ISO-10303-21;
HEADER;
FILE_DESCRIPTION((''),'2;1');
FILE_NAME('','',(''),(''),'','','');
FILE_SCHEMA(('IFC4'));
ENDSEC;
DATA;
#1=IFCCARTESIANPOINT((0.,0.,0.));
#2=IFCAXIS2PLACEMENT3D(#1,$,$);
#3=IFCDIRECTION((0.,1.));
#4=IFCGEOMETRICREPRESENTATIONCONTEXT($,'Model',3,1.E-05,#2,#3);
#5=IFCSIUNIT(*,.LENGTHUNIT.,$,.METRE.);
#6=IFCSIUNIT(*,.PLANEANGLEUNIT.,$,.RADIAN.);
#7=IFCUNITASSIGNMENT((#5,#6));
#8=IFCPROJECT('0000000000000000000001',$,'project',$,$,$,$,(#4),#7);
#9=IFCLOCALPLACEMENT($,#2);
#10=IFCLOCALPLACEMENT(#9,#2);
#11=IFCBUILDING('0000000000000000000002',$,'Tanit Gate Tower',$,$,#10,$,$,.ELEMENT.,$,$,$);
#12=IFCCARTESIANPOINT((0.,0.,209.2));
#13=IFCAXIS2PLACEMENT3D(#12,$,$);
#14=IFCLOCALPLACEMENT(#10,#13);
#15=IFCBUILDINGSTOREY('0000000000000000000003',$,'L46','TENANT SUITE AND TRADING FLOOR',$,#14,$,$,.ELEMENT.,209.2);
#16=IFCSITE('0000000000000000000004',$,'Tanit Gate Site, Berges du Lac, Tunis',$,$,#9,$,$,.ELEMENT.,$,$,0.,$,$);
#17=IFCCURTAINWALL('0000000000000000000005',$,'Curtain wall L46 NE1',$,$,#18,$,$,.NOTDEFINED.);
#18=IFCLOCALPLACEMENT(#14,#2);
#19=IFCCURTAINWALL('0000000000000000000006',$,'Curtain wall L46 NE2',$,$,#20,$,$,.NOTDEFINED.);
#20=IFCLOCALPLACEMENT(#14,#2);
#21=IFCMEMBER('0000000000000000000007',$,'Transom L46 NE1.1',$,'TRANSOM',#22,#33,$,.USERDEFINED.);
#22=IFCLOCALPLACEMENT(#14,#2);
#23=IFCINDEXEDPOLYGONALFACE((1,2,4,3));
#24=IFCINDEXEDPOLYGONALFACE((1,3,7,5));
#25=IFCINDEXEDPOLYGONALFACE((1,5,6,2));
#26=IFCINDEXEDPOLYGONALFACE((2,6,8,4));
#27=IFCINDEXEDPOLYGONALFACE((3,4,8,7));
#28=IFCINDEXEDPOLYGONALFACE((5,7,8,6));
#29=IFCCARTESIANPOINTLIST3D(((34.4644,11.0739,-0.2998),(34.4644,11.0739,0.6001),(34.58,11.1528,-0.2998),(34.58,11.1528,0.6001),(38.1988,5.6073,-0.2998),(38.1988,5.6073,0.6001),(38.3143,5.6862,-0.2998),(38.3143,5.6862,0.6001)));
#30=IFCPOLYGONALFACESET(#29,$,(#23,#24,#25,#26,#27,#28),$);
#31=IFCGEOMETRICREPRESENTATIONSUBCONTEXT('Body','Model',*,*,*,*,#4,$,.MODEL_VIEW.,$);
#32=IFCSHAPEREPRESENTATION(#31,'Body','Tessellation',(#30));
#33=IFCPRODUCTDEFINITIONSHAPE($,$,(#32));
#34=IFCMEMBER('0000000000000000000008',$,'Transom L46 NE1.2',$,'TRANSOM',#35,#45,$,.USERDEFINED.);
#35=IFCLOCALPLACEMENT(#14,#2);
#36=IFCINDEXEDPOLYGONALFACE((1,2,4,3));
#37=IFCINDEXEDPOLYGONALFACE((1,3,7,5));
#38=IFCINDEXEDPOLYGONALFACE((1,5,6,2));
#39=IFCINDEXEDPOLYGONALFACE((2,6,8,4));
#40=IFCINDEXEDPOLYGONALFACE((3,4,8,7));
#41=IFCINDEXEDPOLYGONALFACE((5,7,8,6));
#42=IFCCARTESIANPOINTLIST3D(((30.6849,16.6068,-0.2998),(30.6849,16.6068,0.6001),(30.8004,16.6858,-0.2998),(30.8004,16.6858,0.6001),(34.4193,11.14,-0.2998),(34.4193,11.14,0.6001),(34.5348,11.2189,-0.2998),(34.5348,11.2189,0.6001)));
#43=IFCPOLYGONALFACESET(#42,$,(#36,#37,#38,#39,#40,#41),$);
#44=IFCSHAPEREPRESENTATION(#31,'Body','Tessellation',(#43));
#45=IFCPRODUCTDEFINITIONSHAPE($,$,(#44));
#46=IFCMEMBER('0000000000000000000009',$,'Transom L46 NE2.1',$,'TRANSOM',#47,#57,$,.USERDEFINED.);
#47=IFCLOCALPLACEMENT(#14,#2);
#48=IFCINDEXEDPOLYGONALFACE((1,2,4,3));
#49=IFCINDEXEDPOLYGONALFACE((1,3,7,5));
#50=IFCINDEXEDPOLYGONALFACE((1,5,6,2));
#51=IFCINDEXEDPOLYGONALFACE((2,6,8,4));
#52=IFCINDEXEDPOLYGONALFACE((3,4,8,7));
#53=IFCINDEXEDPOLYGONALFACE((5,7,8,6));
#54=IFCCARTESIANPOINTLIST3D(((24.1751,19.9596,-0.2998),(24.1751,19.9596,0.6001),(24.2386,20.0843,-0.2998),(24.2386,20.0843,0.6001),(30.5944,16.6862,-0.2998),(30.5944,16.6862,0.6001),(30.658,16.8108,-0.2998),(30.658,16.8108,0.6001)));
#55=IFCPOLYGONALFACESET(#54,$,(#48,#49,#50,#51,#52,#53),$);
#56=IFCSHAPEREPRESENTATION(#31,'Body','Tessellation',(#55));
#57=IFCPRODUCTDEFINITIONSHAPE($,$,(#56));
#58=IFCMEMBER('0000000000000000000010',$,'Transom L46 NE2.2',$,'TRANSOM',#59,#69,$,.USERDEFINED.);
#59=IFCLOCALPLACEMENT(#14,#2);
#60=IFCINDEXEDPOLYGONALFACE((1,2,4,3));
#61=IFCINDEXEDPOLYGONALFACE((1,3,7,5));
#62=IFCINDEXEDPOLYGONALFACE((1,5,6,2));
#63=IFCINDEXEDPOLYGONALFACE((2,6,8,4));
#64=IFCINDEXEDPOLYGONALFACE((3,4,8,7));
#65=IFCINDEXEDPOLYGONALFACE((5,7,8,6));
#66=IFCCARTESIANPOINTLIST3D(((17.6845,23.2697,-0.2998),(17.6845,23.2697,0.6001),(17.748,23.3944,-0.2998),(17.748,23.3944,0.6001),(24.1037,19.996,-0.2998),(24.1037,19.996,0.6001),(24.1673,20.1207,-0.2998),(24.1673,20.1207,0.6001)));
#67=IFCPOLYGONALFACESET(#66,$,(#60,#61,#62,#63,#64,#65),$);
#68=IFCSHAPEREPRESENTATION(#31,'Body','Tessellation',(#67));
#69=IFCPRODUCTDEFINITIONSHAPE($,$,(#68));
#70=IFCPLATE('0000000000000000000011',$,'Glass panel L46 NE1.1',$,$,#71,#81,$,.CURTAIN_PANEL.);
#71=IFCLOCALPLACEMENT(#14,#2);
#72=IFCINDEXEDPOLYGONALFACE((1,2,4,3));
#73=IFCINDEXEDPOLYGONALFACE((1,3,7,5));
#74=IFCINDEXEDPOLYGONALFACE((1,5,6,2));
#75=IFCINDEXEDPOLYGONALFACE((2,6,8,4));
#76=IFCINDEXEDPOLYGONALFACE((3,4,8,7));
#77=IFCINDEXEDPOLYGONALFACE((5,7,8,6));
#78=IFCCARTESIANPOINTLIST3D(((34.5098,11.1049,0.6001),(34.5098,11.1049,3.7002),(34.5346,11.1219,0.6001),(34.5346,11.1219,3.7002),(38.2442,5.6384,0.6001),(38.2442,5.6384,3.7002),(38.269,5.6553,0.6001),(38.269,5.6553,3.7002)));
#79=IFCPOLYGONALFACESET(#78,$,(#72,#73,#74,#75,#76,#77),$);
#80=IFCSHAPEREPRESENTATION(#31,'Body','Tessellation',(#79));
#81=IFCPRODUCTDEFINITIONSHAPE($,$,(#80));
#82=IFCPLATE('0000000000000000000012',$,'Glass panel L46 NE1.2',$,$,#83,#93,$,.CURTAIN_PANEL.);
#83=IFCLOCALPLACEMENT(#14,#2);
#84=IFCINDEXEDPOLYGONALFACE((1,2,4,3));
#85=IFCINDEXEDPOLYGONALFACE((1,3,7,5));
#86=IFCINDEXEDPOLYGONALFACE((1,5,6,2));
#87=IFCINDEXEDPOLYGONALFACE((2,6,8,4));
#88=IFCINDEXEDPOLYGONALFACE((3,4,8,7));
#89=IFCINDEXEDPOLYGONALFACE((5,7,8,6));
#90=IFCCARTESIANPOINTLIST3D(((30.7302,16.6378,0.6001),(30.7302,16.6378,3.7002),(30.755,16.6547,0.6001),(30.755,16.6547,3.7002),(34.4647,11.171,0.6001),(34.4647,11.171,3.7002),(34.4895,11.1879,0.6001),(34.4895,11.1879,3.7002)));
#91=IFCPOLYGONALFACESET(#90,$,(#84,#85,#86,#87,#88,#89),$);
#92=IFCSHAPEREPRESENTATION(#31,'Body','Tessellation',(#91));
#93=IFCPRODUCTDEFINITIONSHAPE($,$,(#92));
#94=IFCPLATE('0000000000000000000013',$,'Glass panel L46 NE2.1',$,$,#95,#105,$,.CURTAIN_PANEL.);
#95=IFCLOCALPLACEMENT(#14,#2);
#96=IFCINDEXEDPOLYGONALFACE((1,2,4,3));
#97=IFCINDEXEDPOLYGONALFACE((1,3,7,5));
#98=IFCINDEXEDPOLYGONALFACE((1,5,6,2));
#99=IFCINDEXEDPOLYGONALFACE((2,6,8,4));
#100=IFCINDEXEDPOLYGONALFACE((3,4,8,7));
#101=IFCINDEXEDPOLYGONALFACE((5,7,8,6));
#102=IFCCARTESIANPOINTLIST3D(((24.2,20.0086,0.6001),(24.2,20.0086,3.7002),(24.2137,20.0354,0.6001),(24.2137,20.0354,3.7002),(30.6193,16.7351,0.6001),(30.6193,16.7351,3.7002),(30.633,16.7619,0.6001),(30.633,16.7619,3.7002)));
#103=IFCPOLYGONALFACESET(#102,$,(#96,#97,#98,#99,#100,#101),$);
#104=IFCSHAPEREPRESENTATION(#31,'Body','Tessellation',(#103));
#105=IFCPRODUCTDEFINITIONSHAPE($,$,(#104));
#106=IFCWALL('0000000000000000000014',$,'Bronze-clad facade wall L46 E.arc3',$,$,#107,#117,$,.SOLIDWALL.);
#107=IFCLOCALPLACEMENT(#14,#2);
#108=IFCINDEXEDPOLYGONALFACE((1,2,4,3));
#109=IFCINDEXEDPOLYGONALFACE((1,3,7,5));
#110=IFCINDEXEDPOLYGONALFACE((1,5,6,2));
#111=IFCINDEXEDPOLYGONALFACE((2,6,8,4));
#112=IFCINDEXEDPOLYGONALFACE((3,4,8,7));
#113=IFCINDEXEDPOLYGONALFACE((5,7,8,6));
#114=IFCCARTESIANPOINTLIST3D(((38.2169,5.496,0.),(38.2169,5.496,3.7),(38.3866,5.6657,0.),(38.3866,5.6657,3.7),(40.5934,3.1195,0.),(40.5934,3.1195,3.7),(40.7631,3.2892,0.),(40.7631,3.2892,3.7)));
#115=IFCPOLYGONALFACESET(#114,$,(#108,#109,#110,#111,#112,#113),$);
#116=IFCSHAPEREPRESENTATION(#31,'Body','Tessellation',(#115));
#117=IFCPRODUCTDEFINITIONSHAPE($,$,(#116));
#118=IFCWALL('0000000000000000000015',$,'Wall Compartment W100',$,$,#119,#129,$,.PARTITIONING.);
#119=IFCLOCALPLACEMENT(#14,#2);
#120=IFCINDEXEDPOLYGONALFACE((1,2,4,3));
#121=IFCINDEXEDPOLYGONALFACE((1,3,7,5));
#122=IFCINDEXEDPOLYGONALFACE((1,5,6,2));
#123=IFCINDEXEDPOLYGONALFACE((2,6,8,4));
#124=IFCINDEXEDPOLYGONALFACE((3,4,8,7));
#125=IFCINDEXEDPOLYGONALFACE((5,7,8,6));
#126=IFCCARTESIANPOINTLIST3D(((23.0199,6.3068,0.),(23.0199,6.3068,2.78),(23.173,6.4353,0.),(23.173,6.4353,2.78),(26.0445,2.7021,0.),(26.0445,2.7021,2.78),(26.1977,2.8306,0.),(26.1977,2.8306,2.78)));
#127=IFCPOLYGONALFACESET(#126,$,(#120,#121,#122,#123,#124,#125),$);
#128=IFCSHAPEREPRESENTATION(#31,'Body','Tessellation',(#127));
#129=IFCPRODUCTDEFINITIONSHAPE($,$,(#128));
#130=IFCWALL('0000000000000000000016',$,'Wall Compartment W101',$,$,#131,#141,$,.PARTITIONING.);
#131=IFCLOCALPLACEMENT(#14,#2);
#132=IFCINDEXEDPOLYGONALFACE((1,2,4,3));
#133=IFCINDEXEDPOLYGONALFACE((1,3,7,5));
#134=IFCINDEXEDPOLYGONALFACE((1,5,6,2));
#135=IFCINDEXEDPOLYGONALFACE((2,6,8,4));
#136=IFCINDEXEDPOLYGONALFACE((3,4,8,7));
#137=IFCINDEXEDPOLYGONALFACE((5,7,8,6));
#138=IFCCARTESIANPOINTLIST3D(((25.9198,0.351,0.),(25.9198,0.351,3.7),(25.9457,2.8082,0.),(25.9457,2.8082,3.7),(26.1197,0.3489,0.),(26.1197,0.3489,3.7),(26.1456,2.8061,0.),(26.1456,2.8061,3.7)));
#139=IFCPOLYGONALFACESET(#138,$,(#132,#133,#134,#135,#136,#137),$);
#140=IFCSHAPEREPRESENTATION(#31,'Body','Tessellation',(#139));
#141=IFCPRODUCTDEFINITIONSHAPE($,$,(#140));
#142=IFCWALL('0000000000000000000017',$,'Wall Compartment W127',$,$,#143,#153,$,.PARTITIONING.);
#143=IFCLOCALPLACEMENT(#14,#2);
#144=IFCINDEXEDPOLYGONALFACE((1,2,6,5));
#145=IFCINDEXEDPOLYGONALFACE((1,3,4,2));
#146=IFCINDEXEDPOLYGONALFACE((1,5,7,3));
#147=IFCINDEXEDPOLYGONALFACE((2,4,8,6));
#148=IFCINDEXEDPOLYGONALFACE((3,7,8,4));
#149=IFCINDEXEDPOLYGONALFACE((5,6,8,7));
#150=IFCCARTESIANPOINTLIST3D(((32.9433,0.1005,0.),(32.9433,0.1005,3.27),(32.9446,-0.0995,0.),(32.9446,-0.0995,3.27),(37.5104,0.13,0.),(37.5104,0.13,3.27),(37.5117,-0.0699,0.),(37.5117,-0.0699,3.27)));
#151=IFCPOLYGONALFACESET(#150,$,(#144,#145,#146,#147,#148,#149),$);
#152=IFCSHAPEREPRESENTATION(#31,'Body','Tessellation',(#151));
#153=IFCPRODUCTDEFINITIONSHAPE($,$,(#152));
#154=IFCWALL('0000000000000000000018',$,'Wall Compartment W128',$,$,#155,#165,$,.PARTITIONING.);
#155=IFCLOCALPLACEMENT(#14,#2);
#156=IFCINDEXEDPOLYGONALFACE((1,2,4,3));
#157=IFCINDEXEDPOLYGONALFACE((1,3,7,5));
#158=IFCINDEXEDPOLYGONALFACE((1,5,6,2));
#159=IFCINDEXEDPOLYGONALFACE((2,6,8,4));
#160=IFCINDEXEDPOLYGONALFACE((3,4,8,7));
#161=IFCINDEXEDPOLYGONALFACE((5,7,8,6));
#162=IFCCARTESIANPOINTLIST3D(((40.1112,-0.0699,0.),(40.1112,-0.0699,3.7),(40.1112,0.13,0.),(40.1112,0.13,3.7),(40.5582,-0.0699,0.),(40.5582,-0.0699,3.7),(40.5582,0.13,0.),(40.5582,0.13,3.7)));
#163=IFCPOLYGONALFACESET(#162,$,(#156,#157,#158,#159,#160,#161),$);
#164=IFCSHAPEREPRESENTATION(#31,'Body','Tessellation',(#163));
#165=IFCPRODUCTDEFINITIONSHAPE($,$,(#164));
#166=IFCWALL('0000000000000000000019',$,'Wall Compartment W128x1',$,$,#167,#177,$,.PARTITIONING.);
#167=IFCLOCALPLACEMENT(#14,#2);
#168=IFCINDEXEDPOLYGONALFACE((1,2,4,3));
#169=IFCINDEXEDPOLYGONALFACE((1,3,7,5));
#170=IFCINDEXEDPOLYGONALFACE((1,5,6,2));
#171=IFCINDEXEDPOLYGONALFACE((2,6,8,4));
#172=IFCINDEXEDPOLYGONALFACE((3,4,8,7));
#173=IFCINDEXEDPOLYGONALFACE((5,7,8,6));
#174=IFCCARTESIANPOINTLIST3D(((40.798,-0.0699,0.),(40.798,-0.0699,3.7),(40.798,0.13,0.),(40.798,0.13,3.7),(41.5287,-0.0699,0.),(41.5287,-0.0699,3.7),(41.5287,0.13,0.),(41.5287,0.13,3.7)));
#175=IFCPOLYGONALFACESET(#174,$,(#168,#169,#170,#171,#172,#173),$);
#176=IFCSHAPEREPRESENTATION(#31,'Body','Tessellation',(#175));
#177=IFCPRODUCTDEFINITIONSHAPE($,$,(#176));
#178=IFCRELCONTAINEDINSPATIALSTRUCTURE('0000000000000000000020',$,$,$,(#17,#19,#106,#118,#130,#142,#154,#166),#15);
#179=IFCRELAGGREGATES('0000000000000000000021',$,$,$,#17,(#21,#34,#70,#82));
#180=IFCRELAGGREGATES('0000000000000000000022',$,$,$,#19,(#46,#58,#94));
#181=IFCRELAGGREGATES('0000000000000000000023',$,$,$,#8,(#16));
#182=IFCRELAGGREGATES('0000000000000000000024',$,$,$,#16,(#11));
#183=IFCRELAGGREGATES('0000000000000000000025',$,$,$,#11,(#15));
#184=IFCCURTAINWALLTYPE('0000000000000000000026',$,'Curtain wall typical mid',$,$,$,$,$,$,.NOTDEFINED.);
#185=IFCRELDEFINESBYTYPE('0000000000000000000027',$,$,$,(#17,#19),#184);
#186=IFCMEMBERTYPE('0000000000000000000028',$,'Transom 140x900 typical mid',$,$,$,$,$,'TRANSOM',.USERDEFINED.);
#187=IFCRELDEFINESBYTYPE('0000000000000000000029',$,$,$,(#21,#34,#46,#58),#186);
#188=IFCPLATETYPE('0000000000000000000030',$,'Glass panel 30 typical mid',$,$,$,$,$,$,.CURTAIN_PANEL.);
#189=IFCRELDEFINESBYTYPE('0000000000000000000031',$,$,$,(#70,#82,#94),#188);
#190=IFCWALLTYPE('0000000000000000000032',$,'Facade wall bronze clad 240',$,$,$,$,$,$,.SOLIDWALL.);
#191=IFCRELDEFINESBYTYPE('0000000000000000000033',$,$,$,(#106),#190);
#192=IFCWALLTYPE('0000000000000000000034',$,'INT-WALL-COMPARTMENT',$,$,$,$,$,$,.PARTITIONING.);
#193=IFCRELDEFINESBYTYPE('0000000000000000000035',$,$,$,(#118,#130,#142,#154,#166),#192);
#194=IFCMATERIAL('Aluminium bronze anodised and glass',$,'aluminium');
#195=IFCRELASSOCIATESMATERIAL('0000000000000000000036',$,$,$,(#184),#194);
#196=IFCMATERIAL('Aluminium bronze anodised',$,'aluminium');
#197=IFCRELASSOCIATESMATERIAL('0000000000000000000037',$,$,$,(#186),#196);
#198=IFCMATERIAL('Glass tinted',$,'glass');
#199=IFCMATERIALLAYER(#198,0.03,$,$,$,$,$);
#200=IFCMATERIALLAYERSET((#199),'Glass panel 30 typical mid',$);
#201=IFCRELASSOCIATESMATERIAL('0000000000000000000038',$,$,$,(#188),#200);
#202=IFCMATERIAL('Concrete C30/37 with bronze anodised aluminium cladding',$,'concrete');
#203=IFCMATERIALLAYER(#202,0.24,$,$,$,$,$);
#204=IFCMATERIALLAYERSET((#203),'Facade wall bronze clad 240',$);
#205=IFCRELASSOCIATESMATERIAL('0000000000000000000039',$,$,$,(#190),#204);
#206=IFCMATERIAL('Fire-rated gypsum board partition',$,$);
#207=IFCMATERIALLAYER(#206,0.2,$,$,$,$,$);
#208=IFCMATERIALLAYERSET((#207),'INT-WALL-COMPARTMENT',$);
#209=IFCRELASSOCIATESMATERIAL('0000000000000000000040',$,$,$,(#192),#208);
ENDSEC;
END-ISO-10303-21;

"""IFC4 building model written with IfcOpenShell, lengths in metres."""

from ifc_helpers import new_model, si_unit, direction, frame, frame_2d, origin, origin_2d, place, context, subcontext, project, spatial, rectangle, extrude, material, layer, layer_set, material_profile, profile_set, type_object, element, aggregate, save


model = new_model("IFC4")

# Units and contexts
model_context = context("Model", 3, precision=1e-05, world=origin(), true_north=direction((0.0, 1.0)))
body_context = subcontext(model_context, "Body", "Model", "MODEL_VIEW")
ifc_project = project(units=[si_unit("LENGTHUNIT", "METRE"), si_unit("PLANEANGLEUNIT", "RADIAN")], contexts=[model_context])

# Site, building, storey
site_placement = place(None, origin())
site = spatial("IfcSite", under=ifc_project, at=site_placement, Name="Tanit Gate Site, Berges du Lac, Tunis", CompositionType="ELEMENT", RefElevation=0.0)
building_placement = place(site_placement, origin())
building = spatial("IfcBuilding", under=site, at=building_placement, Name="Tanit Gate Tower", CompositionType="ELEMENT")
storey_placement = place(building_placement, frame((0.0, 0.0, 209.2)))
storey = spatial("IfcBuildingStorey", under=building, at=storey_placement, Name="L46", Description="TENANT SUITE AND TRADING FLOOR", CompositionType="ELEMENT", Elevation=209.2)

# Curtain walls
ifc_material_1 = material(Name="Aluminium bronze anodised and glass", Category="aluminium")
curtain_wall_type = type_object("IfcCurtainWallType", Name="Curtain wall typical mid", PredefinedType="NOTDEFINED", material=ifc_material_1)
curtain_wall_1_placement = place(storey_placement, origin())
curtain_wall_1 = element("IfcCurtainWall", 1, at=curtain_wall_1_placement, inside=storey, type_object=curtain_wall_type, Name="Curtain wall L46 NE1", PredefinedType="NOTDEFINED")
curtain_wall_2_placement = place(storey_placement, origin())
curtain_wall_2 = element("IfcCurtainWall", 2, at=curtain_wall_2_placement, inside=storey, type_object=curtain_wall_type, Name="Curtain wall L46 NE2", PredefinedType="NOTDEFINED")

# Members
ifc_material_2 = material(Name="Aluminium bronze anodised", Category="aluminium")
ifc_material_profile_1 = material_profile(ifc_material_2, rectangle(XDim=0.1399, YDim=0.8999, at=origin_2d()), Name="140x900 bronze transom")
ifc_profile_set_1 = profile_set([ifc_material_profile_1], Name="Aluminium bronze anodised")
member_type_1 = type_object("IfcMemberType", Name="Transom 140x900 typical mid", ElementType="TRANSOM", PredefinedType="USERDEFINED", material=ifc_profile_set_1)
member_1_placement = place(storey_placement, frame((38.2566, 5.6467, 0.1501), z_axis=(-0.564077, 0.825722, 0.0), x_axis=(-0.825722, -0.564077, 0.0)))
member_1 = element("IfcMember", 3, at=member_1_placement, type_object=member_type_1, Name="Transom L46 NE1.1", ObjectType="TRANSOM", PredefinedType="USERDEFINED", context=body_context, shape_type="SweptSolid", body=[
    extrude(rectangle(XDim=0.1399, YDim=0.8999, at=origin_2d()), origin(), (0.0, 0.0, 1.0), 6.6204),
])
member_2_placement = place(storey_placement, frame((34.4771, 11.1794, 0.1501), z_axis=(-0.56406, 0.825734, 0.0), x_axis=(-0.825734, -0.56406, 0.0)))
member_2 = element("IfcMember", 4, at=member_2_placement, type_object=member_type_1, Name="Transom L46 NE1.2", ObjectType="TRANSOM", PredefinedType="USERDEFINED", context=body_context, shape_type="SweptSolid", body=[
    extrude(rectangle(XDim=0.1399, YDim=0.8999, at=origin_2d()), origin(), (0.0, 0.0, 1.0), 6.6206),
])
member_3_placement = place(storey_placement, frame((30.6262, 16.7485, 0.1501), z_axis=(-0.890862, 0.454274, 0.0), x_axis=(-0.454274, -0.890862, 0.0)))
member_3 = element("IfcMember", 5, at=member_3_placement, type_object=member_type_1, Name="Transom L46 NE2.1", ObjectType="TRANSOM", PredefinedType="USERDEFINED", context=body_context, shape_type="SweptSolid", body=[
    extrude(rectangle(XDim=0.1399, YDim=0.8999, at=origin_2d()), origin(), (0.0, 0.0, 1.0), 7.2058),
])
member_4_placement = place(storey_placement, frame((24.1355, 20.0583, 0.1501), z_axis=(-0.890841, 0.454315, 0.0), x_axis=(-0.454315, -0.890841, 0.0)))
member_4 = element("IfcMember", 6, at=member_4_placement, type_object=member_type_1, Name="Transom L46 NE2.2", ObjectType="TRANSOM", PredefinedType="USERDEFINED", context=body_context, shape_type="SweptSolid", body=[
    extrude(rectangle(XDim=0.1399, YDim=0.8999, at=origin_2d()), origin(), (0.0, 0.0, 1.0), 7.2058),
])

# Plates
ifc_material_3 = material(Name="Glass tinted", Category="glass")
ifc_layer_1 = layer(ifc_material_3, 0.03)
ifc_layer_set_1 = layer_set([ifc_layer_1], Name="Glass panel 30 typical mid")
plate_type = type_object("IfcPlateType", Name="Glass panel 30 typical mid", PredefinedType="CURTAIN_PANEL", material=ifc_layer_set_1)
plate_1_placement = place(storey_placement, frame((36.3894, 8.3801, 0.6001), z_axis=(0.0, 0.0, 1.0), x_axis=(-0.564078, 0.825722, 0.0)))
plate_1 = element("IfcPlate", 7, at=plate_1_placement, type_object=plate_type, Name="Glass panel L46 NE1.1", PredefinedType="CURTAIN_PANEL", context=body_context, shape_type="SweptSolid", body=[
    extrude(rectangle(XDim=6.6204, YDim=0.03, at=origin_2d()), origin(), (0.0, 0.0, 1.0), 3.1001),
])
plate_2_placement = place(storey_placement, frame((32.6099, 13.9128, 0.6001), z_axis=(0.0, 0.0, 1.0), x_axis=(-0.564078, 0.825722, 0.0)))
plate_2 = element("IfcPlate", 8, at=plate_2_placement, type_object=plate_type, Name="Glass panel L46 NE1.2", PredefinedType="CURTAIN_PANEL", context=body_context, shape_type="SweptSolid", body=[
    extrude(rectangle(XDim=6.6206, YDim=0.03, at=origin_2d()), origin(), (0.0, 0.0, 1.0), 3.1001),
])
aggregate(curtain_wall_1, [member_1, member_2, plate_1, plate_2])
plate_3_placement = place(storey_placement, frame((27.4165, 18.3853, 0.6001), z_axis=(0.0, 0.0, 1.0), x_axis=(-0.890855, 0.454288, 0.0)))
plate_3 = element("IfcPlate", 9, at=plate_3_placement, type_object=plate_type, Name="Glass panel L46 NE2.1", PredefinedType="CURTAIN_PANEL", context=body_context, shape_type="SweptSolid", body=[
    extrude(rectangle(XDim=7.2058, YDim=0.03, at=origin_2d()), origin(), (0.0, 0.0, 1.0), 3.1001),
])
aggregate(curtain_wall_2, [member_3, member_4, plate_3])

# Walls
ifc_material_4 = material(Name="Concrete C30/37 with bronze anodised aluminium cladding", Category="concrete")
ifc_layer_2 = layer(ifc_material_4, 0.24)
ifc_layer_set_2 = layer_set([ifc_layer_2], Name="Facade wall bronze clad 240")
wall_type_1 = type_object("IfcWallType", Name="Facade wall bronze clad 240", PredefinedType="SOLIDWALL", material=ifc_layer_set_2)
wall_1_placement = place(storey_placement, frame((40.6782, 3.2043, 0.0), z_axis=(0.0, 0.0, 1.0), x_axis=(-0.707107, 0.707107, 0.0)))
element("IfcWall", 10, at=wall_1_placement, inside=storey, type_object=wall_type_1, Name="Bronze-clad facade wall L46 E.arc3", PredefinedType="SOLIDWALL", context=body_context, shape_type="SweptSolid", body=[
    extrude(rectangle(XDim=3.3608, YDim=0.24, at=frame_2d((1.6804, 0.0))), origin(), (0.0, 0.0, 1.0), 3.7),
])
ifc_material_5 = material(Name="Fire-rated gypsum board partition")
ifc_layer_3 = layer(ifc_material_5, 0.2)
ifc_layer_set_3 = layer_set([ifc_layer_3], Name="INT-WALL-COMPARTMENT")
wall_type_2 = type_object("IfcWallType", Name="INT-WALL-COMPARTMENT", PredefinedType="PARTITIONING", material=ifc_layer_set_3)
wall_2_placement = place(storey_placement, frame((26.1211, 2.7664, 0.0), z_axis=(0.0, 0.0, 1.0), x_axis=(-0.642778, 0.766052, 0.0)))
element("IfcWall", 11, at=wall_2_placement, inside=storey, type_object=wall_type_2, Name="Wall Compartment W100", PredefinedType="PARTITIONING", context=body_context, shape_type="SweptSolid", body=[
    extrude(rectangle(XDim=4.7056, YDim=0.2, at=frame_2d((2.3528, 0.0))), origin(), (0.0, 0.0, 1.0), 2.78),
])
wall_3_placement = place(storey_placement, frame((26.0198, 0.3501, 0.0), z_axis=(0.0, 0.0, 1.0), x_axis=(0.010532, 0.999945, 0.0)))
element("IfcWall", 12, at=wall_3_placement, inside=storey, type_object=wall_type_2, Name="Wall Compartment W101", PredefinedType="PARTITIONING", context=body_context, shape_type="SweptSolid", body=[
    extrude(rectangle(XDim=2.4573, YDim=0.2, at=frame_2d((1.2285, 0.0))), origin(), (0.0, 0.0, 1.0), 3.7),
])
wall_4_placement = place(storey_placement, frame((32.9438, 0.0005, 0.0), z_axis=(0.0, 0.0, 1.0), x_axis=(0.999979, 0.006468, 0.0)))
element("IfcWall", 13, at=wall_4_placement, inside=storey, type_object=wall_type_2, Name="Wall Compartment W127", PredefinedType="PARTITIONING", context=body_context, shape_type="SweptSolid", body=[
    extrude(rectangle(XDim=4.5671, YDim=0.2, at=frame_2d((2.2837, 0.0))), origin(), (0.0, 0.0, 1.0), 3.27),
])
wall_5_placement = place(storey_placement, frame((40.1111, 0.03, 0.0), z_axis=(0.0, 0.0, 1.0), x_axis=(1.0, 0.0, 0.0)))
element("IfcWall", 14, at=wall_5_placement, inside=storey, type_object=wall_type_2, Name="Wall Compartment W128", PredefinedType="PARTITIONING", context=body_context, shape_type="SweptSolid", body=[
    extrude(rectangle(XDim=0.447, YDim=0.2, at=frame_2d((0.2236, 0.0))), origin(), (0.0, 0.0, 1.0), 3.7),
])
wall_6_placement = place(storey_placement, frame((40.7981, 0.03, 0.0), z_axis=(0.0, 0.0, 1.0), x_axis=(1.0, 0.0, 0.0)))
element("IfcWall", 15, at=wall_6_placement, inside=storey, type_object=wall_type_2, Name="Wall Compartment W128x1", PredefinedType="PARTITIONING", context=body_context, shape_type="SweptSolid", body=[
    extrude(rectangle(XDim=0.7307, YDim=0.2, at=frame_2d((0.3652, 0.0))), origin(), (0.0, 0.0, 1.0), 3.7),
])

save(model, "model.ifc")
